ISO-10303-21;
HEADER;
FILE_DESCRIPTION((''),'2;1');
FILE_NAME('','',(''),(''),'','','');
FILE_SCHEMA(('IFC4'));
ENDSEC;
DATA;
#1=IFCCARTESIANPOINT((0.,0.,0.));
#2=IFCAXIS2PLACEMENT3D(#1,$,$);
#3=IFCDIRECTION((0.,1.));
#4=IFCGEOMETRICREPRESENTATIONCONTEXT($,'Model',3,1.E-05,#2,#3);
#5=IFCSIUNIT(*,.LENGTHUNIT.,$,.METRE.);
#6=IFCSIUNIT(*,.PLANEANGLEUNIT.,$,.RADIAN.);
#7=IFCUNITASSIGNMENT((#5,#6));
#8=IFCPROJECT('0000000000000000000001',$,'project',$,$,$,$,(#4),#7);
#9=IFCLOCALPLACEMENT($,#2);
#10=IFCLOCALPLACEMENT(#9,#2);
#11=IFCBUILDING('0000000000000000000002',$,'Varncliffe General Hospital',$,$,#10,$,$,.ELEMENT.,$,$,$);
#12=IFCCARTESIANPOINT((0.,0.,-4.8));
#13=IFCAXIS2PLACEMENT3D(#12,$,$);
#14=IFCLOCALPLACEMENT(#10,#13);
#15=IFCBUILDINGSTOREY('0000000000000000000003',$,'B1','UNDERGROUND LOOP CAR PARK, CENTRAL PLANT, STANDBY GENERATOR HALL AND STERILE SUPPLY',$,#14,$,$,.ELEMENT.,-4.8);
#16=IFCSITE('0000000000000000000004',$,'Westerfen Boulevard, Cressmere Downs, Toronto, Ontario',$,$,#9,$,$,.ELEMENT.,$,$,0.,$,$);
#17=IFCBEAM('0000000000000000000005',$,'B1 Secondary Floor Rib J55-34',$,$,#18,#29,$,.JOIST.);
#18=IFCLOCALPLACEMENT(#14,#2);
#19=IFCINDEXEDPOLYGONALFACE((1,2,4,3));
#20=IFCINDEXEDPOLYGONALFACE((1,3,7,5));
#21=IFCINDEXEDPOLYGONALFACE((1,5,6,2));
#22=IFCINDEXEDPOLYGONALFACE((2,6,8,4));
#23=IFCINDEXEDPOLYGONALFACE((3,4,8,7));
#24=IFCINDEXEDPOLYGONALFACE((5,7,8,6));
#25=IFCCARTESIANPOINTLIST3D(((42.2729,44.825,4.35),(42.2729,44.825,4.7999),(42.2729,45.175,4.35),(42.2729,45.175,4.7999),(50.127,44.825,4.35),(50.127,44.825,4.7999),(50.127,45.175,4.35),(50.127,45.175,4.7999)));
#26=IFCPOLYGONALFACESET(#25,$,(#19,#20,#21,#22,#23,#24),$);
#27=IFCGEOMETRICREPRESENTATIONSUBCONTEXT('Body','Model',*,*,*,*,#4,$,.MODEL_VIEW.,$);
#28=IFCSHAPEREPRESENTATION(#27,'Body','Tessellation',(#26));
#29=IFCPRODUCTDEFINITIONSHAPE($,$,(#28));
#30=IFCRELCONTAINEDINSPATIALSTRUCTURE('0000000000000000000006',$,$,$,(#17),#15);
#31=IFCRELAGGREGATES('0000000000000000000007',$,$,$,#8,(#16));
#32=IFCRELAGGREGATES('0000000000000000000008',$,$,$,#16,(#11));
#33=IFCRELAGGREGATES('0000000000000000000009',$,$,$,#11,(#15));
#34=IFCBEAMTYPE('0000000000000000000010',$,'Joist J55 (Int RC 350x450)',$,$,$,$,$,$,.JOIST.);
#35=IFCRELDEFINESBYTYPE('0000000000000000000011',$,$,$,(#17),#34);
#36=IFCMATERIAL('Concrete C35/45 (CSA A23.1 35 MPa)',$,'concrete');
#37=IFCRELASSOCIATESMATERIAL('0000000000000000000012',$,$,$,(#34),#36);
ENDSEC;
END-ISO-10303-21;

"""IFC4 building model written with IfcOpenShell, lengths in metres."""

from ifc_helpers import new_model, si_unit, direction, frame, origin, origin_2d, place, context, subcontext, project, spatial, rectangle, extrude, material, material_profile, profile_set, type_object, element, save


model = new_model("IFC4")

# Units and contexts
model_context = context("Model", 3, precision=1e-05, world=origin(), true_north=direction((0.0, 1.0)))
body_context = subcontext(model_context, "Body", "Model", "MODEL_VIEW")
ifc_project = project(units=[si_unit("LENGTHUNIT", "METRE"), si_unit("PLANEANGLEUNIT", "RADIAN")], contexts=[model_context])

# Site, building, storey
site_placement = place(None, origin())
site = spatial("IfcSite", under=ifc_project, at=site_placement, Name="Westerfen Boulevard, Cressmere Downs, Toronto, Ontario", CompositionType="ELEMENT", RefElevation=0.0)
building_placement = place(site_placement, origin())
building = spatial("IfcBuilding", under=site, at=building_placement, Name="Varncliffe General Hospital", CompositionType="ELEMENT")
storey_placement = place(building_placement, frame((0.0, 0.0, -4.8)))
storey = spatial("IfcBuildingStorey", under=building, at=storey_placement, Name="B1", Description="UNDERGROUND LOOP CAR PARK, CENTRAL PLANT, STANDBY GENERATOR HALL AND STERILE SUPPLY", CompositionType="ELEMENT", Elevation=-4.8)

# Beam
ifc_material_1 = material(Name="Concrete C35/45 (CSA A23.1 35 MPa)", Category="concrete")
ifc_material_profile_1 = material_profile(ifc_material_1, rectangle(XDim=0.3501, YDim=0.45, at=origin_2d()), Name="RC 350x450")
ifc_profile_set_1 = profile_set([ifc_material_profile_1], Name="Concrete C35/45 (CSA A23.1 35 MPa)")
beam_type_1 = type_object("IfcBeamType", Name="Joist J55 (Int RC 350x450)", PredefinedType="JOIST", material=ifc_profile_set_1)
for number, where, z_axis, x_axis, name in (
    (1, (42.2729, 45.0, 4.575), (1.0, 0.0, 0.0), (0.0, 1.0, 0.0), "B1 Secondary Floor Rib J55-34"),
):
    element("IfcBeam", number, at=place(storey_placement, frame(where, z_axis=z_axis, x_axis=x_axis)), inside=storey, type_object=beam_type_1, Name=name, PredefinedType="JOIST", context=body_context, shape_type="SweptSolid", body=[
        extrude(rectangle(XDim=0.3501, YDim=0.45, at=origin_2d()), origin(), (0.0, 0.0, 1.0), 7.854),
    ])

save(model, "model.ifc")
